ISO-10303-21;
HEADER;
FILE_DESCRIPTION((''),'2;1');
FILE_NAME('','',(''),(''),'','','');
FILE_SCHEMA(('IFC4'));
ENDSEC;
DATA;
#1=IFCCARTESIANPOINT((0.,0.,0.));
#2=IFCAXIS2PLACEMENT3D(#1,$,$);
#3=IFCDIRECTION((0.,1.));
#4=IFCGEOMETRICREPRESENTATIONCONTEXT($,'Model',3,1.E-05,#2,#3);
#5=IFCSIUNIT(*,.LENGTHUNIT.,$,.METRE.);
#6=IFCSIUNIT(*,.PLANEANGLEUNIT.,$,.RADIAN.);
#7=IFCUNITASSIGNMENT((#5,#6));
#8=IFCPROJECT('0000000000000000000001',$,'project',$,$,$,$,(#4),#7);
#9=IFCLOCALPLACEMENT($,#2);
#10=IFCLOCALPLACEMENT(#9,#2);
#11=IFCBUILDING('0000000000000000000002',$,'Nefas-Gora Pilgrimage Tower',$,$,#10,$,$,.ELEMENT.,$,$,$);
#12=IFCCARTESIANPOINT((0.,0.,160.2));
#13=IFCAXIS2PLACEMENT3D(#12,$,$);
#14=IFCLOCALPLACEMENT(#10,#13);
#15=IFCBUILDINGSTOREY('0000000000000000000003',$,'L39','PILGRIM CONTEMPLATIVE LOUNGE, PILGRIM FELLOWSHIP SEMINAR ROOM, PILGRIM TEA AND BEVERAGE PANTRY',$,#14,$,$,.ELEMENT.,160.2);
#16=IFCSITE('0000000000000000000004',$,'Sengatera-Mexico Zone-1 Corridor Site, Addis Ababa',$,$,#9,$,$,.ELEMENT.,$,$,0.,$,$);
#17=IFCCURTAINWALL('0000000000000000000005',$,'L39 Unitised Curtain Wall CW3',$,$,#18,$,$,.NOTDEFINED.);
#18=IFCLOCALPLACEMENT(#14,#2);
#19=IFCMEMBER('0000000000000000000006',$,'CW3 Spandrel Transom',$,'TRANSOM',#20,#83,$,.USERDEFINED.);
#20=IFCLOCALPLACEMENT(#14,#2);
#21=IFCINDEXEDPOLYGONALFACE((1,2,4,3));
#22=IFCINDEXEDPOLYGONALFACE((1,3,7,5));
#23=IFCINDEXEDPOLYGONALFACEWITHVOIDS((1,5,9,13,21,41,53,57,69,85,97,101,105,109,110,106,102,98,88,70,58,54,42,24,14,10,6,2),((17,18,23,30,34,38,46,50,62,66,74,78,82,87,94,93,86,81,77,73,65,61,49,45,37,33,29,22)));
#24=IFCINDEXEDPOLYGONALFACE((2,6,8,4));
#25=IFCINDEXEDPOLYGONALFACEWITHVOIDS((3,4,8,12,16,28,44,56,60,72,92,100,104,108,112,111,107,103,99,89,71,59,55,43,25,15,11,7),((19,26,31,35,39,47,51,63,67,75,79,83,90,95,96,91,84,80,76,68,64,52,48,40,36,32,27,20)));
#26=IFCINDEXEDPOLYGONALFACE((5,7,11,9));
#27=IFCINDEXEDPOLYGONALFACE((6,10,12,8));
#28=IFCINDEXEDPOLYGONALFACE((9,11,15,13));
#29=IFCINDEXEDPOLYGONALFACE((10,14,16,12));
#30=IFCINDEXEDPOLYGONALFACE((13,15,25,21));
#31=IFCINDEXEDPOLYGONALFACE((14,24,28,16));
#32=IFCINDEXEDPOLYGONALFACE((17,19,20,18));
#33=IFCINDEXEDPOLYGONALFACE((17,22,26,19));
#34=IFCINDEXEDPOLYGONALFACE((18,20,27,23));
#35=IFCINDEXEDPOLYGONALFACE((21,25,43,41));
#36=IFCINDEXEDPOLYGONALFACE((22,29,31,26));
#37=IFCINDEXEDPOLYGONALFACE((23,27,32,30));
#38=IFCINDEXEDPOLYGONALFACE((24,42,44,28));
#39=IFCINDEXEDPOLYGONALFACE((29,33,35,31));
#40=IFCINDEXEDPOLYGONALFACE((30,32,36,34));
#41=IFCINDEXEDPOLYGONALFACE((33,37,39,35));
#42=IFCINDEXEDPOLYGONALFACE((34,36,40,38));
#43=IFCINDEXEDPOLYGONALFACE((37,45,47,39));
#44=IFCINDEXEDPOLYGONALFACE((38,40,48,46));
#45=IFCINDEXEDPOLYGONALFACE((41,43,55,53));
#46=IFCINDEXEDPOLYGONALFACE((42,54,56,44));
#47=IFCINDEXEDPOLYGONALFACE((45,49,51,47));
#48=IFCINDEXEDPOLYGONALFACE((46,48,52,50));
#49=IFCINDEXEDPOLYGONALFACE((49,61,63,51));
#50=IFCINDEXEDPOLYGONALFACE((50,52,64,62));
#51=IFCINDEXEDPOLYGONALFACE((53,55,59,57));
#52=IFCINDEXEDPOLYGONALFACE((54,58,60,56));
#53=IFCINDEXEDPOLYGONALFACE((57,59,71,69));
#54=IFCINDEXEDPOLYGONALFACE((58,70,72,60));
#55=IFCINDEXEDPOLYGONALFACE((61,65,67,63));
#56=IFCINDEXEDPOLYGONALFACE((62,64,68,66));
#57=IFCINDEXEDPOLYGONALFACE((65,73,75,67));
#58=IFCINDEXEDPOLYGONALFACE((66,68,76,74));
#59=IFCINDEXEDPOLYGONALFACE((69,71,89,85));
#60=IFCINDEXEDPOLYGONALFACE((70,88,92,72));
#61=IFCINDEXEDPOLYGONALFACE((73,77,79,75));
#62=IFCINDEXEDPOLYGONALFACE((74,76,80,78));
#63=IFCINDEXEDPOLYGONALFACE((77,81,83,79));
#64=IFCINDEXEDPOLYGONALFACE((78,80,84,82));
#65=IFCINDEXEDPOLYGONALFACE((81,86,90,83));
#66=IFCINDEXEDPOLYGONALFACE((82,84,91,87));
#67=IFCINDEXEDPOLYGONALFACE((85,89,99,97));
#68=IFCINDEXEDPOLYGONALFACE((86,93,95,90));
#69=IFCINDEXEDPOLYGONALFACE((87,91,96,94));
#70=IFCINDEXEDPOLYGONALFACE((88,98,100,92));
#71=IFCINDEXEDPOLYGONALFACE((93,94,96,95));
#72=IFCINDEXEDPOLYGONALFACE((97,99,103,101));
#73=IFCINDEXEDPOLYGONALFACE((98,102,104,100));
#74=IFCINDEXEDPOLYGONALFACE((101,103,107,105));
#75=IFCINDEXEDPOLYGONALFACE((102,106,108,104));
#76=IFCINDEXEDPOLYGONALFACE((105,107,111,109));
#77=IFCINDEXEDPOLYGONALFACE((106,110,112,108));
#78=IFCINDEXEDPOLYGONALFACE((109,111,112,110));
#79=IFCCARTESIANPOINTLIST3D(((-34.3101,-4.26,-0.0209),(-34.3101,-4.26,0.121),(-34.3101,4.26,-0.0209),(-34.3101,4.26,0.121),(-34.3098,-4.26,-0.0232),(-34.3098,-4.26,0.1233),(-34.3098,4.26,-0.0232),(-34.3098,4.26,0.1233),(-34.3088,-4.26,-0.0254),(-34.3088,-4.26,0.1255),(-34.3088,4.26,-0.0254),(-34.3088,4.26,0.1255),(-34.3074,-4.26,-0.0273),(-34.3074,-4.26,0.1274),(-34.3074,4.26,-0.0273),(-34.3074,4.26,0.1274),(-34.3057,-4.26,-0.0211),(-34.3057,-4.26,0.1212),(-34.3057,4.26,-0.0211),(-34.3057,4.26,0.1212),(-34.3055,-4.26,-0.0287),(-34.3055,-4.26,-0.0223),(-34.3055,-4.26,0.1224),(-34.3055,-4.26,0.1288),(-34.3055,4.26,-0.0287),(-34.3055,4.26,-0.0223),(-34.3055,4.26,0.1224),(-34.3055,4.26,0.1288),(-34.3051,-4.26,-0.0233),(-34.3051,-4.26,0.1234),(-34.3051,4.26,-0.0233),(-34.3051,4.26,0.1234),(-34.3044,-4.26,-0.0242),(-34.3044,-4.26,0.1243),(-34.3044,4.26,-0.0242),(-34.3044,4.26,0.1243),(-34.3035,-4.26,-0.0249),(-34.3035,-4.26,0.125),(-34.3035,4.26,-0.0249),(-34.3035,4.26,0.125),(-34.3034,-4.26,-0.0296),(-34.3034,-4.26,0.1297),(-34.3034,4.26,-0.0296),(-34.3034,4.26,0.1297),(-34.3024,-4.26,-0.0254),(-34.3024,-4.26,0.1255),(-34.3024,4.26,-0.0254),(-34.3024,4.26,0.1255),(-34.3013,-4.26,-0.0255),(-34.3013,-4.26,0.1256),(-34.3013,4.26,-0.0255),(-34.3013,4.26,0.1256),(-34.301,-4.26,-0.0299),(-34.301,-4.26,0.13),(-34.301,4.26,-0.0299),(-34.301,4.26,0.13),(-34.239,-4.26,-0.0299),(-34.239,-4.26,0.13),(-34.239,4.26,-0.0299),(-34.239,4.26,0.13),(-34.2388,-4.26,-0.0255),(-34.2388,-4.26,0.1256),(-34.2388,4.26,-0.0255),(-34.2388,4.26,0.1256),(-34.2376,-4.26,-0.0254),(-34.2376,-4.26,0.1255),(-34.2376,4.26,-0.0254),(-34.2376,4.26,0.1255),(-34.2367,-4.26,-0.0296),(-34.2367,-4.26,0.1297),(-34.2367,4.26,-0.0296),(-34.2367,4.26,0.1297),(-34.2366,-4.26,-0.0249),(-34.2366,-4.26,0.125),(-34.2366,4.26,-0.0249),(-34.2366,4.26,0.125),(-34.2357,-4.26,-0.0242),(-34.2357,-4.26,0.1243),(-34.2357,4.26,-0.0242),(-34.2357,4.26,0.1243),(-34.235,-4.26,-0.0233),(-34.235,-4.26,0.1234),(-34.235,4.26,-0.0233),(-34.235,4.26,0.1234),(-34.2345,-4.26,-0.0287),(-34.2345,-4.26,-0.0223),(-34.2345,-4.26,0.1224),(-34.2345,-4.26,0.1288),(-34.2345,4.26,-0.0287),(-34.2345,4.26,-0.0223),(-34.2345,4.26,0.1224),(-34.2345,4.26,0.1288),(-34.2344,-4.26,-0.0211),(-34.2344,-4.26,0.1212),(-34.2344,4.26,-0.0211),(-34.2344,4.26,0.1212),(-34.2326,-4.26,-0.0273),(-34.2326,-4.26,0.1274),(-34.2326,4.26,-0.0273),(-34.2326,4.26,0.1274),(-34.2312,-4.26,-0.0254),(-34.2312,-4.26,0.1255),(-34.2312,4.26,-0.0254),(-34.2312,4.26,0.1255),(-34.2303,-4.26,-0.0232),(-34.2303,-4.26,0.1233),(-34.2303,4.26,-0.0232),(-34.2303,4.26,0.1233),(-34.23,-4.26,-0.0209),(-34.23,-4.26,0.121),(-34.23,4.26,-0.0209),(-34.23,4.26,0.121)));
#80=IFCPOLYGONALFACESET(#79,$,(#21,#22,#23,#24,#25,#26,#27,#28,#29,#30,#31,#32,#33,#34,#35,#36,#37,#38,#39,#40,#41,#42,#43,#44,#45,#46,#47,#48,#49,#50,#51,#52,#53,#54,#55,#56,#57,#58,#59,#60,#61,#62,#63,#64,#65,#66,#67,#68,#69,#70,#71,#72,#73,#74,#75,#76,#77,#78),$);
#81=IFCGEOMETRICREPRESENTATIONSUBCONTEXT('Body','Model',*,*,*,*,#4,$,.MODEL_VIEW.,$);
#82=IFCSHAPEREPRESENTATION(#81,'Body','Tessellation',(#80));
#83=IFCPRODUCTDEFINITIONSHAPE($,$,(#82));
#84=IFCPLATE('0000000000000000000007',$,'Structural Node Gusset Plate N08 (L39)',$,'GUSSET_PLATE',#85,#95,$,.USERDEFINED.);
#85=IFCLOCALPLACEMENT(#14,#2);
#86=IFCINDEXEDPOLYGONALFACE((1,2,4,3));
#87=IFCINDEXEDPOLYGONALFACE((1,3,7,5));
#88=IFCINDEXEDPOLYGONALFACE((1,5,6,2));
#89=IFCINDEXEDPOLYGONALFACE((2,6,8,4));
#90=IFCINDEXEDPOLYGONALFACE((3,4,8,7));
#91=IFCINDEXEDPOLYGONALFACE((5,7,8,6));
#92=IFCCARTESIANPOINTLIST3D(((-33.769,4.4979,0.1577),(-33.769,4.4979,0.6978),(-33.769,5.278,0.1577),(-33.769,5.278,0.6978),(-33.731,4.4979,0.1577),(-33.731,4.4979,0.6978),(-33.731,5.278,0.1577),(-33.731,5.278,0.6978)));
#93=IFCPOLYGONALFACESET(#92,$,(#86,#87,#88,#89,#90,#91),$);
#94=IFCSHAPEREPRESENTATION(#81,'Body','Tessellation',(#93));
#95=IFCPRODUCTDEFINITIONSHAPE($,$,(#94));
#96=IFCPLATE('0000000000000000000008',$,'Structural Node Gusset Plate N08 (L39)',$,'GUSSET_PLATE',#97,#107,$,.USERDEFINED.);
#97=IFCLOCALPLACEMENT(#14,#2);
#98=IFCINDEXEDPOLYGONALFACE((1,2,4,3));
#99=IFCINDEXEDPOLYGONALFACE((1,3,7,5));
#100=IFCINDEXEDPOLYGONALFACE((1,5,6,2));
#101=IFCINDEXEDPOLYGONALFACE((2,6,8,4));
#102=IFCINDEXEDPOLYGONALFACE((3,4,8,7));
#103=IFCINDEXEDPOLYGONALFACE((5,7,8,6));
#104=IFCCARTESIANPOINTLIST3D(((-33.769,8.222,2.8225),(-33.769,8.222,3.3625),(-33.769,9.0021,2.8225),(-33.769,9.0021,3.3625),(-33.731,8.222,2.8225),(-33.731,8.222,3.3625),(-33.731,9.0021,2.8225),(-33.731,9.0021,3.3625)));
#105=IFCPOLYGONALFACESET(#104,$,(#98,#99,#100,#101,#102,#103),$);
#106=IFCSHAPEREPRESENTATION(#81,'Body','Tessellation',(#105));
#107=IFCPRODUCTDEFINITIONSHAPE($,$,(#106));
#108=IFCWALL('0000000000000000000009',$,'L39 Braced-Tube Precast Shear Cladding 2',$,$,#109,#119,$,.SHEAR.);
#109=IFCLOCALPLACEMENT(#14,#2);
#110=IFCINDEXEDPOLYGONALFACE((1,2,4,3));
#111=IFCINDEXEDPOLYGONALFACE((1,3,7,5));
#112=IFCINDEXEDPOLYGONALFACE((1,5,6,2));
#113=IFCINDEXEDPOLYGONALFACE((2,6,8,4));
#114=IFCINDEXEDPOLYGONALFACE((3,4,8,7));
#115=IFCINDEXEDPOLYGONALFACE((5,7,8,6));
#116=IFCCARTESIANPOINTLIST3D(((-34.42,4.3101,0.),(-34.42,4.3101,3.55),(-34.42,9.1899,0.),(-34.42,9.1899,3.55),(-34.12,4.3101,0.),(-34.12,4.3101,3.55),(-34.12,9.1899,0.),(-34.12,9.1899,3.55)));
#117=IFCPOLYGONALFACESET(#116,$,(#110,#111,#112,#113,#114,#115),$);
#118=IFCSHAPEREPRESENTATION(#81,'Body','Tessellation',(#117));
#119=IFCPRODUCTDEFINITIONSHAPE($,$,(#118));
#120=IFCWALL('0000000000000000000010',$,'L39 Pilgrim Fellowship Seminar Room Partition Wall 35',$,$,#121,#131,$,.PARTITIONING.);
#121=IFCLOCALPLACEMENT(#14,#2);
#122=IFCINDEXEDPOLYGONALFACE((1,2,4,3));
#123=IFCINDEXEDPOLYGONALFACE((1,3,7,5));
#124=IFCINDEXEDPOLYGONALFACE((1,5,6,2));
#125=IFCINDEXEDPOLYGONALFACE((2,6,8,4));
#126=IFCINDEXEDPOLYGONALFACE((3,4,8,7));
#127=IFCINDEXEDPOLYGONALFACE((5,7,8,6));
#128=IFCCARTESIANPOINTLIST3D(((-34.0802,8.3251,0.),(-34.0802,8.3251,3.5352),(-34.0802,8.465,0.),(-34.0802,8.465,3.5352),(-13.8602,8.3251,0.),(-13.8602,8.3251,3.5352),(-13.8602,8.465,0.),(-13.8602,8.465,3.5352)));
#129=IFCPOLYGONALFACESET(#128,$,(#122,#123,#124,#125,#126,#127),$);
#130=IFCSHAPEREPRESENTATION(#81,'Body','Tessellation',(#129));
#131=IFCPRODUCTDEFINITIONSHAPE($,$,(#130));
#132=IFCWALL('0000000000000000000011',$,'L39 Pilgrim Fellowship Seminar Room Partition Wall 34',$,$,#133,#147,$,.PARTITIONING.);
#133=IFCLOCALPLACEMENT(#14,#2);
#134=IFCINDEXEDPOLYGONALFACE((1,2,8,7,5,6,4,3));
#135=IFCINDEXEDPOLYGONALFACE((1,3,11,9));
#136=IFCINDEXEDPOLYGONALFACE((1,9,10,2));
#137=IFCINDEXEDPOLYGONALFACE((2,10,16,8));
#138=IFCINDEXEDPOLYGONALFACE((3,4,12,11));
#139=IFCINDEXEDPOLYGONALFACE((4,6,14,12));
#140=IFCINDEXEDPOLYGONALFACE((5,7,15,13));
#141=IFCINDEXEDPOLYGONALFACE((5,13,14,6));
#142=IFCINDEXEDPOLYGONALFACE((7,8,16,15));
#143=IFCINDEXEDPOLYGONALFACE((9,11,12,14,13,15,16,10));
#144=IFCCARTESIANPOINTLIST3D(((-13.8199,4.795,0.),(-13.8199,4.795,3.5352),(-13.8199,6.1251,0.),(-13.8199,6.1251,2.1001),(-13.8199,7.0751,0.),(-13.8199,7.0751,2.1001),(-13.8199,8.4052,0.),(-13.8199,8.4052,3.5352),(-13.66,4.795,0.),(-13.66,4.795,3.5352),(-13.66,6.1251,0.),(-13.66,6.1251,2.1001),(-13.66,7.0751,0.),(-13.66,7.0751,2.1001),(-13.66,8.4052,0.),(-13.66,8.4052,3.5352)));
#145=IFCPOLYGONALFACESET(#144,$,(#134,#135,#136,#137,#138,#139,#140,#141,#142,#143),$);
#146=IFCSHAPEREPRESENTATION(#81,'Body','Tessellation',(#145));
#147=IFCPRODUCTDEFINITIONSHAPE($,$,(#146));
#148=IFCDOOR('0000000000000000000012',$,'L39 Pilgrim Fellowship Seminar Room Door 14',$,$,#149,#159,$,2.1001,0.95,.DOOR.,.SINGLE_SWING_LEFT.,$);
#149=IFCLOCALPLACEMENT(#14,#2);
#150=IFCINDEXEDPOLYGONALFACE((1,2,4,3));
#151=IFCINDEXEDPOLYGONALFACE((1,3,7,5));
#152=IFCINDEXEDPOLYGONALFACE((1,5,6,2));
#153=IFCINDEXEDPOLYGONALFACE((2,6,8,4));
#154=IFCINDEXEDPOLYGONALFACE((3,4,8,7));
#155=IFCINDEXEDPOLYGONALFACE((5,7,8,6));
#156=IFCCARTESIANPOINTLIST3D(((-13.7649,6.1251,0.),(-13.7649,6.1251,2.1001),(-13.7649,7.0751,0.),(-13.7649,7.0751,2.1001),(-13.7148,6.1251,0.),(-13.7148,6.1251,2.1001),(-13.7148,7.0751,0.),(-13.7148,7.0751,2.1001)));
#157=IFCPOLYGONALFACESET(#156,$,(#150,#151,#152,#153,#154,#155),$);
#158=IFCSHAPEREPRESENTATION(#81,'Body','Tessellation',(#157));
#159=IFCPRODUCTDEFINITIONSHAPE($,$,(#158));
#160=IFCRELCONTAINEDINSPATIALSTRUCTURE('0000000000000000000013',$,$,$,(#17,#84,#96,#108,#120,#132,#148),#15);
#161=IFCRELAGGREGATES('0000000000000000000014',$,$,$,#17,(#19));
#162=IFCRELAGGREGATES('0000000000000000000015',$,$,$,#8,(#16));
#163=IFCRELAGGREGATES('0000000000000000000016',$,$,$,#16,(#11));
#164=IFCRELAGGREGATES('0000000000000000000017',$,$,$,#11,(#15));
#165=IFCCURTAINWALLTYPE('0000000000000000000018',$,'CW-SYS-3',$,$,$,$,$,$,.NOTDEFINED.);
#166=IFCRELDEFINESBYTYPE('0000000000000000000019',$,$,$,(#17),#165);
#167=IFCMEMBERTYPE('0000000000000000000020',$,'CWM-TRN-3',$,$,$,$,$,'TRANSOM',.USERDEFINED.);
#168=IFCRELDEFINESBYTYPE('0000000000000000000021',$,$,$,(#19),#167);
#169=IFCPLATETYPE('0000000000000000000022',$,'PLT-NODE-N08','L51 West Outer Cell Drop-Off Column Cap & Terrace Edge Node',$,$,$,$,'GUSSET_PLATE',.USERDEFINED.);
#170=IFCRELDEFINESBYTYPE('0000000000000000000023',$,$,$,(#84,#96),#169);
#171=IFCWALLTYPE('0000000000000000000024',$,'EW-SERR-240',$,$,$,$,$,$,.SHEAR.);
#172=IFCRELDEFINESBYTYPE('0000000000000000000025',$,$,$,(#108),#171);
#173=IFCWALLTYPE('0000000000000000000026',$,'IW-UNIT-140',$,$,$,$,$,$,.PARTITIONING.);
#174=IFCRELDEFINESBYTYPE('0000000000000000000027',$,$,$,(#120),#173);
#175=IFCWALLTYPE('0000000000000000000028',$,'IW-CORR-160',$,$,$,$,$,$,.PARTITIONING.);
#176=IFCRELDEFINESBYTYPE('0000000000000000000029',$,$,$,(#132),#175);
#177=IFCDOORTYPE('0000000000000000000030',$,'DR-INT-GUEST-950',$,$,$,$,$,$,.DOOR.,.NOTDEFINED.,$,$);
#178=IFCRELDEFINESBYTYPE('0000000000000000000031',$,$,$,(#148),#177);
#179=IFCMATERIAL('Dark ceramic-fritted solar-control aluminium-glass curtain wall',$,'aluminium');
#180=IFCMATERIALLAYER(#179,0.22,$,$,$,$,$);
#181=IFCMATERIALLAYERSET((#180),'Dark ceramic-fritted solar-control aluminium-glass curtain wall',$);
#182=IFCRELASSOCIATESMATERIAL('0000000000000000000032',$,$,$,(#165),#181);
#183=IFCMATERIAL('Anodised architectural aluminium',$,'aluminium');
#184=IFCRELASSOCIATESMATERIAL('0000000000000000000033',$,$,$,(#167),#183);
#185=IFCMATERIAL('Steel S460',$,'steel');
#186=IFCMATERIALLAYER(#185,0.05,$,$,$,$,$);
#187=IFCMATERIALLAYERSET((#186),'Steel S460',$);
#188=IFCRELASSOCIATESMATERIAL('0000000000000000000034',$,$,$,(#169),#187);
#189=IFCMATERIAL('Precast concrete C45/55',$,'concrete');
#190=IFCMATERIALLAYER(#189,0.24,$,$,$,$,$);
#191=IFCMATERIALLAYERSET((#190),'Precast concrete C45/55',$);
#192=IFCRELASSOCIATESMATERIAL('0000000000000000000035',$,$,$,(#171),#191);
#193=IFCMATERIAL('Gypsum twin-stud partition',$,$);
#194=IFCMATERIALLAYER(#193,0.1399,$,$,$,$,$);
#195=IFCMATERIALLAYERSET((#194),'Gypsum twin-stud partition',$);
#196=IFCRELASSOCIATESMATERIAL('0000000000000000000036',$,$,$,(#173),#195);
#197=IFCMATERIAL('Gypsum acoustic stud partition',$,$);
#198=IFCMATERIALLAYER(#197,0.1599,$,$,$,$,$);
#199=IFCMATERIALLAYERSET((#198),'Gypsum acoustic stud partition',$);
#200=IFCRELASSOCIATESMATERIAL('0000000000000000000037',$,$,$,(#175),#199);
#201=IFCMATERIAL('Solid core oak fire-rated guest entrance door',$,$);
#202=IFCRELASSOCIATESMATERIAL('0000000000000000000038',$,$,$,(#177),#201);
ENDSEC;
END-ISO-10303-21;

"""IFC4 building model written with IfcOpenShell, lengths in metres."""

from ifc_helpers import new_model, si_unit, direction, frame, frame_2d, origin, origin_2d, place, context, subcontext, project, spatial, rectangle, hollow_rectangle, extrude, source, transform, mapped, material, layer, layer_set, material_profile, profile_set, type_object, element, fill, aggregate, save


model = new_model("IFC4")

# Units and contexts
model_context = context("Model", 3, precision=1e-05, world=origin(), true_north=direction((0.0, 1.0)))
body_context = subcontext(model_context, "Body", "Model", "MODEL_VIEW")
ifc_project = project(units=[si_unit("LENGTHUNIT", "METRE"), si_unit("PLANEANGLEUNIT", "RADIAN")], contexts=[model_context])

# Site, building, storey
site_placement = place(None, origin())
site = spatial("IfcSite", under=ifc_project, at=site_placement, Name="Sengatera-Mexico Zone-1 Corridor Site, Addis Ababa", CompositionType="ELEMENT", RefElevation=0.0)
building_placement = place(site_placement, origin())
building = spatial("IfcBuilding", under=site, at=building_placement, Name="Nefas-Gora Pilgrimage Tower", CompositionType="ELEMENT")
storey_placement = place(building_placement, frame((0.0, 0.0, 160.2)))
storey = spatial("IfcBuildingStorey", under=building, at=storey_placement, Name="L39", Description="PILGRIM CONTEMPLATIVE LOUNGE, PILGRIM FELLOWSHIP SEMINAR ROOM, PILGRIM TEA AND BEVERAGE PANTRY", CompositionType="ELEMENT", Elevation=160.2)

# Shared definitions
ifc_material_1 = material(Name="Steel S460", Category="steel")

# Curtain wall, member
ifc_material_2 = material(Name="Dark ceramic-fritted solar-control aluminium-glass curtain wall", Category="aluminium")
ifc_layer_1 = layer(ifc_material_2, 0.22)
ifc_layer_set_1 = layer_set([ifc_layer_1], Name="Dark ceramic-fritted solar-control aluminium-glass curtain wall")
curtain_wall_type = type_object("IfcCurtainWallType", Name="CW-SYS-3", PredefinedType="NOTDEFINED", material=ifc_layer_set_1)
curtain_wall_placement = place(storey_placement, origin())
curtain_wall = element("IfcCurtainWall", 1, at=curtain_wall_placement, inside=storey, type_object=curtain_wall_type, Name="L39 Unitised Curtain Wall CW3", PredefinedType="NOTDEFINED")
ifc_material_3 = material(Name="Anodised architectural aluminium", Category="aluminium")
ifc_material_profile_1 = material_profile(ifc_material_3, hollow_rectangle(XDim=0.0801, YDim=0.1599, WallThickness=0.0044, InnerFilletRadius=0.0044, OuterFilletRadius=0.009, at=origin_2d()), Name="ALU TRANSOM 80x160")
ifc_profile_set_1 = profile_set([ifc_material_profile_1], Name="Anodised architectural aluminium")
member_type_1 = type_object("IfcMemberType", Name="CWM-TRN-3", ElementType="TRANSOM", PredefinedType="USERDEFINED", material=ifc_profile_set_1)
shared_shape_1 = source(origin(), body_context, "Body", "SweptSolid", [
    extrude(hollow_rectangle(XDim=0.0801, YDim=0.1599, WallThickness=0.0044, InnerFilletRadius=0.0044, OuterFilletRadius=0.009, at=origin_2d()), origin(), (0.0, 0.0, 1.0), 8.52),
])
member_1_placement = place(storey_placement, frame((-34.27, 4.26, 0.05), z_axis=(0.0, -1.0, 0.0), x_axis=(1.0, 0.0, 0.0)))
member_1 = element("IfcMember", 2, at=member_1_placement, type_object=member_type_1, Name="CW3 Spandrel Transom", ObjectType="TRANSOM", PredefinedType="USERDEFINED", context=body_context, shape_type="MappedRepresentation", body=[
    mapped(shared_shape_1, transform((0.0, 0.0, 0.0), x_axis=(1.0, 0.0, 0.0), y_axis=(0.0, 1.0, 0.0), z_axis=(0.0, 0.0, 1.0), scale=1.0)),
])
aggregate(curtain_wall, [member_1])

# Plates
ifc_layer_2 = layer(ifc_material_1, 0.05)
ifc_layer_set_2 = layer_set([ifc_layer_2], Name="Steel S460")
plate_type = type_object("IfcPlateType", Name="PLT-NODE-N08", Description="L51 West Outer Cell Drop-Off Column Cap & Terrace Edge Node", ElementType="GUSSET_PLATE", PredefinedType="USERDEFINED", material=ifc_layer_set_2)
shared_shape_2 = source(origin(), body_context, "Body", "SweptSolid", [
    extrude(rectangle(XDim=0.78, YDim=0.0381, at=origin_2d()), origin(), (0.0, 0.0, 1.0), 0.54),
])
for number, where, z_axis, x_axis, name in (
    (3, (-33.75, 4.8879, 0.1577), (0.0, 0.0, 1.0), (0.0, 1.0, 0.0), "Structural Node Gusset Plate N08 (L39)"),
    (4, (-33.75, 8.6121, 2.8225), (0.0, 0.0, 1.0), (0.0, 1.0, 0.0), "Structural Node Gusset Plate N08 (L39)"),
):
    element("IfcPlate", number, at=place(storey_placement, frame(where, z_axis=z_axis, x_axis=x_axis)), inside=storey, type_object=plate_type, Name=name, ObjectType="GUSSET_PLATE", PredefinedType="USERDEFINED", context=body_context, shape_type="MappedRepresentation", body=[
        mapped(shared_shape_2, transform((0.0, 0.0, 0.0), x_axis=(1.0, 0.0, 0.0), y_axis=(0.0, 1.0, 0.0), z_axis=(0.0, 0.0, 1.0), scale=1.0)),
    ])

# Walls
ifc_material_4 = material(Name="Precast concrete C45/55", Category="concrete")
ifc_layer_3 = layer(ifc_material_4, 0.24)
ifc_layer_set_3 = layer_set([ifc_layer_3], Name="Precast concrete C45/55")
wall_type_1 = type_object("IfcWallType", Name="EW-SERR-240", PredefinedType="SHEAR", material=ifc_layer_set_3)
shared_shape_3 = source(origin(), body_context, "Body", "SweptSolid", [
    extrude(rectangle(XDim=4.8799, YDim=0.3, at=frame_2d((2.4399, 0.0))), origin(), (0.0, 0.0, 1.0), 3.55),
])
wall_1_placement = place(storey_placement, frame((-34.27, 4.3101, 0.0), z_axis=(0.0, 0.0, 1.0), x_axis=(0.0, 1.0, 0.0)))
element("IfcWall", 5, at=wall_1_placement, inside=storey, type_object=wall_type_1, Name="L39 Braced-Tube Precast Shear Cladding 2", PredefinedType="SHEAR", context=body_context, shape_type="MappedRepresentation", body=[
    mapped(shared_shape_3, transform((0.0, 0.0, 0.0), x_axis=(1.0, 0.0, 0.0), y_axis=(0.0, 1.0, 0.0), z_axis=(0.0, 0.0, 1.0), scale=1.0)),
])
ifc_material_5 = material(Name="Gypsum twin-stud partition")
ifc_layer_4 = layer(ifc_material_5, 0.1399)
ifc_layer_set_4 = layer_set([ifc_layer_4], Name="Gypsum twin-stud partition")
wall_type_2 = type_object("IfcWallType", Name="IW-UNIT-140", PredefinedType="PARTITIONING", material=ifc_layer_set_4)
shared_shape_4 = source(origin(), body_context, "Body", "SweptSolid", [
    extrude(rectangle(XDim=20.22, YDim=0.1399, at=frame_2d((10.1099, 0.0))), origin(), (0.0, 0.0, 1.0), 3.5352),
])
wall_2_placement = place(storey_placement, frame((-34.0801, 8.395, 0.0), z_axis=(0.0, 0.0, 1.0), x_axis=(1.0, 0.0, 0.0)))
element("IfcWall", 6, at=wall_2_placement, inside=storey, type_object=wall_type_2, Name="L39 Pilgrim Fellowship Seminar Room Partition Wall 35", PredefinedType="PARTITIONING", context=body_context, shape_type="MappedRepresentation", body=[
    mapped(shared_shape_4, transform((0.0, 0.0, 0.0), x_axis=(1.0, 0.0, 0.0), y_axis=(0.0, 1.0, 0.0), z_axis=(0.0, 0.0, 1.0), scale=1.0)),
])

# Wall, opening, door
ifc_material_6 = material(Name="Gypsum acoustic stud partition")
ifc_layer_5 = layer(ifc_material_6, 0.1599)
ifc_layer_set_5 = layer_set([ifc_layer_5], Name="Gypsum acoustic stud partition")
wall_type_3 = type_object("IfcWallType", Name="IW-CORR-160", PredefinedType="PARTITIONING", material=ifc_layer_set_5)
shared_shape_5 = source(origin(), body_context, "Body", "SweptSolid", [
    extrude(rectangle(XDim=3.6101, YDim=0.1599, at=frame_2d((1.8052, 0.0))), origin(), (0.0, 0.0, 1.0), 3.5352),
])
wall_3_placement = place(storey_placement, frame((-13.74, 4.7949, 0.0), z_axis=(0.0, 0.0, 1.0), x_axis=(0.0, 1.0, 0.0)))
wall_3 = element("IfcWall", 7, at=wall_3_placement, inside=storey, type_object=wall_type_3, Name="L39 Pilgrim Fellowship Seminar Room Partition Wall 34", PredefinedType="PARTITIONING", context=body_context, shape_type="MappedRepresentation", body=[
    mapped(shared_shape_5, transform((0.0, 0.0, 0.0), x_axis=(1.0, 0.0, 0.0), y_axis=(0.0, 1.0, 0.0), z_axis=(0.0, 0.0, 1.0), scale=1.0)),
])
opening_1_placement = place(wall_3_placement, frame((1.3301, 0.0, 0.0)))
opening_1 = element("IfcOpeningElement", 8, at=opening_1_placement, cuts=wall_3, PredefinedType="OPENING", context=body_context, shape_type="SweptSolid", body=[
    extrude(rectangle(XDim=0.95, YDim=2.1001, at=frame_2d((0.4751, 1.05))), frame((0.0, 0.0898, 0.0), z_axis=(0.0, -1.0, 0.0), x_axis=(1.0, 0.0, 0.0)), (0.0, 0.0, 1.0), 0.1799),
])
ifc_material_7 = material(Name="Solid core oak fire-rated guest entrance door")
door_type = type_object("IfcDoorType", Name="DR-INT-GUEST-950", OperationType="NOTDEFINED", PredefinedType="DOOR", material=ifc_material_7)
shared_shape_6 = source(origin(), body_context, "Body", "SweptSolid", [
    extrude(rectangle(XDim=0.95, YDim=2.1001, at=frame_2d((0.4751, 1.05))), frame((0.0, 0.0249, 0.0), z_axis=(0.0, -1.0, 0.0), x_axis=(1.0, 0.0, 0.0)), (0.0, 0.0, 1.0), 0.05),
])
door_1_placement = place(opening_1_placement, origin())
door_1 = element("IfcDoor", 9, at=door_1_placement, inside=storey, type_object=door_type, Name="L39 Pilgrim Fellowship Seminar Room Door 14", OperationType="SINGLE_SWING_LEFT", OverallHeight=2.1001, OverallWidth=0.95, PredefinedType="DOOR", context=body_context, shape_type="MappedRepresentation", body=[
    mapped(shared_shape_6, transform((0.0, 0.0, 0.0), x_axis=(1.0, 0.0, 0.0), y_axis=(0.0, 1.0, 0.0), z_axis=(0.0, 0.0, 1.0), scale=1.0)),
])
fill(opening_1, door_1)

save(model, "model.ifc")
